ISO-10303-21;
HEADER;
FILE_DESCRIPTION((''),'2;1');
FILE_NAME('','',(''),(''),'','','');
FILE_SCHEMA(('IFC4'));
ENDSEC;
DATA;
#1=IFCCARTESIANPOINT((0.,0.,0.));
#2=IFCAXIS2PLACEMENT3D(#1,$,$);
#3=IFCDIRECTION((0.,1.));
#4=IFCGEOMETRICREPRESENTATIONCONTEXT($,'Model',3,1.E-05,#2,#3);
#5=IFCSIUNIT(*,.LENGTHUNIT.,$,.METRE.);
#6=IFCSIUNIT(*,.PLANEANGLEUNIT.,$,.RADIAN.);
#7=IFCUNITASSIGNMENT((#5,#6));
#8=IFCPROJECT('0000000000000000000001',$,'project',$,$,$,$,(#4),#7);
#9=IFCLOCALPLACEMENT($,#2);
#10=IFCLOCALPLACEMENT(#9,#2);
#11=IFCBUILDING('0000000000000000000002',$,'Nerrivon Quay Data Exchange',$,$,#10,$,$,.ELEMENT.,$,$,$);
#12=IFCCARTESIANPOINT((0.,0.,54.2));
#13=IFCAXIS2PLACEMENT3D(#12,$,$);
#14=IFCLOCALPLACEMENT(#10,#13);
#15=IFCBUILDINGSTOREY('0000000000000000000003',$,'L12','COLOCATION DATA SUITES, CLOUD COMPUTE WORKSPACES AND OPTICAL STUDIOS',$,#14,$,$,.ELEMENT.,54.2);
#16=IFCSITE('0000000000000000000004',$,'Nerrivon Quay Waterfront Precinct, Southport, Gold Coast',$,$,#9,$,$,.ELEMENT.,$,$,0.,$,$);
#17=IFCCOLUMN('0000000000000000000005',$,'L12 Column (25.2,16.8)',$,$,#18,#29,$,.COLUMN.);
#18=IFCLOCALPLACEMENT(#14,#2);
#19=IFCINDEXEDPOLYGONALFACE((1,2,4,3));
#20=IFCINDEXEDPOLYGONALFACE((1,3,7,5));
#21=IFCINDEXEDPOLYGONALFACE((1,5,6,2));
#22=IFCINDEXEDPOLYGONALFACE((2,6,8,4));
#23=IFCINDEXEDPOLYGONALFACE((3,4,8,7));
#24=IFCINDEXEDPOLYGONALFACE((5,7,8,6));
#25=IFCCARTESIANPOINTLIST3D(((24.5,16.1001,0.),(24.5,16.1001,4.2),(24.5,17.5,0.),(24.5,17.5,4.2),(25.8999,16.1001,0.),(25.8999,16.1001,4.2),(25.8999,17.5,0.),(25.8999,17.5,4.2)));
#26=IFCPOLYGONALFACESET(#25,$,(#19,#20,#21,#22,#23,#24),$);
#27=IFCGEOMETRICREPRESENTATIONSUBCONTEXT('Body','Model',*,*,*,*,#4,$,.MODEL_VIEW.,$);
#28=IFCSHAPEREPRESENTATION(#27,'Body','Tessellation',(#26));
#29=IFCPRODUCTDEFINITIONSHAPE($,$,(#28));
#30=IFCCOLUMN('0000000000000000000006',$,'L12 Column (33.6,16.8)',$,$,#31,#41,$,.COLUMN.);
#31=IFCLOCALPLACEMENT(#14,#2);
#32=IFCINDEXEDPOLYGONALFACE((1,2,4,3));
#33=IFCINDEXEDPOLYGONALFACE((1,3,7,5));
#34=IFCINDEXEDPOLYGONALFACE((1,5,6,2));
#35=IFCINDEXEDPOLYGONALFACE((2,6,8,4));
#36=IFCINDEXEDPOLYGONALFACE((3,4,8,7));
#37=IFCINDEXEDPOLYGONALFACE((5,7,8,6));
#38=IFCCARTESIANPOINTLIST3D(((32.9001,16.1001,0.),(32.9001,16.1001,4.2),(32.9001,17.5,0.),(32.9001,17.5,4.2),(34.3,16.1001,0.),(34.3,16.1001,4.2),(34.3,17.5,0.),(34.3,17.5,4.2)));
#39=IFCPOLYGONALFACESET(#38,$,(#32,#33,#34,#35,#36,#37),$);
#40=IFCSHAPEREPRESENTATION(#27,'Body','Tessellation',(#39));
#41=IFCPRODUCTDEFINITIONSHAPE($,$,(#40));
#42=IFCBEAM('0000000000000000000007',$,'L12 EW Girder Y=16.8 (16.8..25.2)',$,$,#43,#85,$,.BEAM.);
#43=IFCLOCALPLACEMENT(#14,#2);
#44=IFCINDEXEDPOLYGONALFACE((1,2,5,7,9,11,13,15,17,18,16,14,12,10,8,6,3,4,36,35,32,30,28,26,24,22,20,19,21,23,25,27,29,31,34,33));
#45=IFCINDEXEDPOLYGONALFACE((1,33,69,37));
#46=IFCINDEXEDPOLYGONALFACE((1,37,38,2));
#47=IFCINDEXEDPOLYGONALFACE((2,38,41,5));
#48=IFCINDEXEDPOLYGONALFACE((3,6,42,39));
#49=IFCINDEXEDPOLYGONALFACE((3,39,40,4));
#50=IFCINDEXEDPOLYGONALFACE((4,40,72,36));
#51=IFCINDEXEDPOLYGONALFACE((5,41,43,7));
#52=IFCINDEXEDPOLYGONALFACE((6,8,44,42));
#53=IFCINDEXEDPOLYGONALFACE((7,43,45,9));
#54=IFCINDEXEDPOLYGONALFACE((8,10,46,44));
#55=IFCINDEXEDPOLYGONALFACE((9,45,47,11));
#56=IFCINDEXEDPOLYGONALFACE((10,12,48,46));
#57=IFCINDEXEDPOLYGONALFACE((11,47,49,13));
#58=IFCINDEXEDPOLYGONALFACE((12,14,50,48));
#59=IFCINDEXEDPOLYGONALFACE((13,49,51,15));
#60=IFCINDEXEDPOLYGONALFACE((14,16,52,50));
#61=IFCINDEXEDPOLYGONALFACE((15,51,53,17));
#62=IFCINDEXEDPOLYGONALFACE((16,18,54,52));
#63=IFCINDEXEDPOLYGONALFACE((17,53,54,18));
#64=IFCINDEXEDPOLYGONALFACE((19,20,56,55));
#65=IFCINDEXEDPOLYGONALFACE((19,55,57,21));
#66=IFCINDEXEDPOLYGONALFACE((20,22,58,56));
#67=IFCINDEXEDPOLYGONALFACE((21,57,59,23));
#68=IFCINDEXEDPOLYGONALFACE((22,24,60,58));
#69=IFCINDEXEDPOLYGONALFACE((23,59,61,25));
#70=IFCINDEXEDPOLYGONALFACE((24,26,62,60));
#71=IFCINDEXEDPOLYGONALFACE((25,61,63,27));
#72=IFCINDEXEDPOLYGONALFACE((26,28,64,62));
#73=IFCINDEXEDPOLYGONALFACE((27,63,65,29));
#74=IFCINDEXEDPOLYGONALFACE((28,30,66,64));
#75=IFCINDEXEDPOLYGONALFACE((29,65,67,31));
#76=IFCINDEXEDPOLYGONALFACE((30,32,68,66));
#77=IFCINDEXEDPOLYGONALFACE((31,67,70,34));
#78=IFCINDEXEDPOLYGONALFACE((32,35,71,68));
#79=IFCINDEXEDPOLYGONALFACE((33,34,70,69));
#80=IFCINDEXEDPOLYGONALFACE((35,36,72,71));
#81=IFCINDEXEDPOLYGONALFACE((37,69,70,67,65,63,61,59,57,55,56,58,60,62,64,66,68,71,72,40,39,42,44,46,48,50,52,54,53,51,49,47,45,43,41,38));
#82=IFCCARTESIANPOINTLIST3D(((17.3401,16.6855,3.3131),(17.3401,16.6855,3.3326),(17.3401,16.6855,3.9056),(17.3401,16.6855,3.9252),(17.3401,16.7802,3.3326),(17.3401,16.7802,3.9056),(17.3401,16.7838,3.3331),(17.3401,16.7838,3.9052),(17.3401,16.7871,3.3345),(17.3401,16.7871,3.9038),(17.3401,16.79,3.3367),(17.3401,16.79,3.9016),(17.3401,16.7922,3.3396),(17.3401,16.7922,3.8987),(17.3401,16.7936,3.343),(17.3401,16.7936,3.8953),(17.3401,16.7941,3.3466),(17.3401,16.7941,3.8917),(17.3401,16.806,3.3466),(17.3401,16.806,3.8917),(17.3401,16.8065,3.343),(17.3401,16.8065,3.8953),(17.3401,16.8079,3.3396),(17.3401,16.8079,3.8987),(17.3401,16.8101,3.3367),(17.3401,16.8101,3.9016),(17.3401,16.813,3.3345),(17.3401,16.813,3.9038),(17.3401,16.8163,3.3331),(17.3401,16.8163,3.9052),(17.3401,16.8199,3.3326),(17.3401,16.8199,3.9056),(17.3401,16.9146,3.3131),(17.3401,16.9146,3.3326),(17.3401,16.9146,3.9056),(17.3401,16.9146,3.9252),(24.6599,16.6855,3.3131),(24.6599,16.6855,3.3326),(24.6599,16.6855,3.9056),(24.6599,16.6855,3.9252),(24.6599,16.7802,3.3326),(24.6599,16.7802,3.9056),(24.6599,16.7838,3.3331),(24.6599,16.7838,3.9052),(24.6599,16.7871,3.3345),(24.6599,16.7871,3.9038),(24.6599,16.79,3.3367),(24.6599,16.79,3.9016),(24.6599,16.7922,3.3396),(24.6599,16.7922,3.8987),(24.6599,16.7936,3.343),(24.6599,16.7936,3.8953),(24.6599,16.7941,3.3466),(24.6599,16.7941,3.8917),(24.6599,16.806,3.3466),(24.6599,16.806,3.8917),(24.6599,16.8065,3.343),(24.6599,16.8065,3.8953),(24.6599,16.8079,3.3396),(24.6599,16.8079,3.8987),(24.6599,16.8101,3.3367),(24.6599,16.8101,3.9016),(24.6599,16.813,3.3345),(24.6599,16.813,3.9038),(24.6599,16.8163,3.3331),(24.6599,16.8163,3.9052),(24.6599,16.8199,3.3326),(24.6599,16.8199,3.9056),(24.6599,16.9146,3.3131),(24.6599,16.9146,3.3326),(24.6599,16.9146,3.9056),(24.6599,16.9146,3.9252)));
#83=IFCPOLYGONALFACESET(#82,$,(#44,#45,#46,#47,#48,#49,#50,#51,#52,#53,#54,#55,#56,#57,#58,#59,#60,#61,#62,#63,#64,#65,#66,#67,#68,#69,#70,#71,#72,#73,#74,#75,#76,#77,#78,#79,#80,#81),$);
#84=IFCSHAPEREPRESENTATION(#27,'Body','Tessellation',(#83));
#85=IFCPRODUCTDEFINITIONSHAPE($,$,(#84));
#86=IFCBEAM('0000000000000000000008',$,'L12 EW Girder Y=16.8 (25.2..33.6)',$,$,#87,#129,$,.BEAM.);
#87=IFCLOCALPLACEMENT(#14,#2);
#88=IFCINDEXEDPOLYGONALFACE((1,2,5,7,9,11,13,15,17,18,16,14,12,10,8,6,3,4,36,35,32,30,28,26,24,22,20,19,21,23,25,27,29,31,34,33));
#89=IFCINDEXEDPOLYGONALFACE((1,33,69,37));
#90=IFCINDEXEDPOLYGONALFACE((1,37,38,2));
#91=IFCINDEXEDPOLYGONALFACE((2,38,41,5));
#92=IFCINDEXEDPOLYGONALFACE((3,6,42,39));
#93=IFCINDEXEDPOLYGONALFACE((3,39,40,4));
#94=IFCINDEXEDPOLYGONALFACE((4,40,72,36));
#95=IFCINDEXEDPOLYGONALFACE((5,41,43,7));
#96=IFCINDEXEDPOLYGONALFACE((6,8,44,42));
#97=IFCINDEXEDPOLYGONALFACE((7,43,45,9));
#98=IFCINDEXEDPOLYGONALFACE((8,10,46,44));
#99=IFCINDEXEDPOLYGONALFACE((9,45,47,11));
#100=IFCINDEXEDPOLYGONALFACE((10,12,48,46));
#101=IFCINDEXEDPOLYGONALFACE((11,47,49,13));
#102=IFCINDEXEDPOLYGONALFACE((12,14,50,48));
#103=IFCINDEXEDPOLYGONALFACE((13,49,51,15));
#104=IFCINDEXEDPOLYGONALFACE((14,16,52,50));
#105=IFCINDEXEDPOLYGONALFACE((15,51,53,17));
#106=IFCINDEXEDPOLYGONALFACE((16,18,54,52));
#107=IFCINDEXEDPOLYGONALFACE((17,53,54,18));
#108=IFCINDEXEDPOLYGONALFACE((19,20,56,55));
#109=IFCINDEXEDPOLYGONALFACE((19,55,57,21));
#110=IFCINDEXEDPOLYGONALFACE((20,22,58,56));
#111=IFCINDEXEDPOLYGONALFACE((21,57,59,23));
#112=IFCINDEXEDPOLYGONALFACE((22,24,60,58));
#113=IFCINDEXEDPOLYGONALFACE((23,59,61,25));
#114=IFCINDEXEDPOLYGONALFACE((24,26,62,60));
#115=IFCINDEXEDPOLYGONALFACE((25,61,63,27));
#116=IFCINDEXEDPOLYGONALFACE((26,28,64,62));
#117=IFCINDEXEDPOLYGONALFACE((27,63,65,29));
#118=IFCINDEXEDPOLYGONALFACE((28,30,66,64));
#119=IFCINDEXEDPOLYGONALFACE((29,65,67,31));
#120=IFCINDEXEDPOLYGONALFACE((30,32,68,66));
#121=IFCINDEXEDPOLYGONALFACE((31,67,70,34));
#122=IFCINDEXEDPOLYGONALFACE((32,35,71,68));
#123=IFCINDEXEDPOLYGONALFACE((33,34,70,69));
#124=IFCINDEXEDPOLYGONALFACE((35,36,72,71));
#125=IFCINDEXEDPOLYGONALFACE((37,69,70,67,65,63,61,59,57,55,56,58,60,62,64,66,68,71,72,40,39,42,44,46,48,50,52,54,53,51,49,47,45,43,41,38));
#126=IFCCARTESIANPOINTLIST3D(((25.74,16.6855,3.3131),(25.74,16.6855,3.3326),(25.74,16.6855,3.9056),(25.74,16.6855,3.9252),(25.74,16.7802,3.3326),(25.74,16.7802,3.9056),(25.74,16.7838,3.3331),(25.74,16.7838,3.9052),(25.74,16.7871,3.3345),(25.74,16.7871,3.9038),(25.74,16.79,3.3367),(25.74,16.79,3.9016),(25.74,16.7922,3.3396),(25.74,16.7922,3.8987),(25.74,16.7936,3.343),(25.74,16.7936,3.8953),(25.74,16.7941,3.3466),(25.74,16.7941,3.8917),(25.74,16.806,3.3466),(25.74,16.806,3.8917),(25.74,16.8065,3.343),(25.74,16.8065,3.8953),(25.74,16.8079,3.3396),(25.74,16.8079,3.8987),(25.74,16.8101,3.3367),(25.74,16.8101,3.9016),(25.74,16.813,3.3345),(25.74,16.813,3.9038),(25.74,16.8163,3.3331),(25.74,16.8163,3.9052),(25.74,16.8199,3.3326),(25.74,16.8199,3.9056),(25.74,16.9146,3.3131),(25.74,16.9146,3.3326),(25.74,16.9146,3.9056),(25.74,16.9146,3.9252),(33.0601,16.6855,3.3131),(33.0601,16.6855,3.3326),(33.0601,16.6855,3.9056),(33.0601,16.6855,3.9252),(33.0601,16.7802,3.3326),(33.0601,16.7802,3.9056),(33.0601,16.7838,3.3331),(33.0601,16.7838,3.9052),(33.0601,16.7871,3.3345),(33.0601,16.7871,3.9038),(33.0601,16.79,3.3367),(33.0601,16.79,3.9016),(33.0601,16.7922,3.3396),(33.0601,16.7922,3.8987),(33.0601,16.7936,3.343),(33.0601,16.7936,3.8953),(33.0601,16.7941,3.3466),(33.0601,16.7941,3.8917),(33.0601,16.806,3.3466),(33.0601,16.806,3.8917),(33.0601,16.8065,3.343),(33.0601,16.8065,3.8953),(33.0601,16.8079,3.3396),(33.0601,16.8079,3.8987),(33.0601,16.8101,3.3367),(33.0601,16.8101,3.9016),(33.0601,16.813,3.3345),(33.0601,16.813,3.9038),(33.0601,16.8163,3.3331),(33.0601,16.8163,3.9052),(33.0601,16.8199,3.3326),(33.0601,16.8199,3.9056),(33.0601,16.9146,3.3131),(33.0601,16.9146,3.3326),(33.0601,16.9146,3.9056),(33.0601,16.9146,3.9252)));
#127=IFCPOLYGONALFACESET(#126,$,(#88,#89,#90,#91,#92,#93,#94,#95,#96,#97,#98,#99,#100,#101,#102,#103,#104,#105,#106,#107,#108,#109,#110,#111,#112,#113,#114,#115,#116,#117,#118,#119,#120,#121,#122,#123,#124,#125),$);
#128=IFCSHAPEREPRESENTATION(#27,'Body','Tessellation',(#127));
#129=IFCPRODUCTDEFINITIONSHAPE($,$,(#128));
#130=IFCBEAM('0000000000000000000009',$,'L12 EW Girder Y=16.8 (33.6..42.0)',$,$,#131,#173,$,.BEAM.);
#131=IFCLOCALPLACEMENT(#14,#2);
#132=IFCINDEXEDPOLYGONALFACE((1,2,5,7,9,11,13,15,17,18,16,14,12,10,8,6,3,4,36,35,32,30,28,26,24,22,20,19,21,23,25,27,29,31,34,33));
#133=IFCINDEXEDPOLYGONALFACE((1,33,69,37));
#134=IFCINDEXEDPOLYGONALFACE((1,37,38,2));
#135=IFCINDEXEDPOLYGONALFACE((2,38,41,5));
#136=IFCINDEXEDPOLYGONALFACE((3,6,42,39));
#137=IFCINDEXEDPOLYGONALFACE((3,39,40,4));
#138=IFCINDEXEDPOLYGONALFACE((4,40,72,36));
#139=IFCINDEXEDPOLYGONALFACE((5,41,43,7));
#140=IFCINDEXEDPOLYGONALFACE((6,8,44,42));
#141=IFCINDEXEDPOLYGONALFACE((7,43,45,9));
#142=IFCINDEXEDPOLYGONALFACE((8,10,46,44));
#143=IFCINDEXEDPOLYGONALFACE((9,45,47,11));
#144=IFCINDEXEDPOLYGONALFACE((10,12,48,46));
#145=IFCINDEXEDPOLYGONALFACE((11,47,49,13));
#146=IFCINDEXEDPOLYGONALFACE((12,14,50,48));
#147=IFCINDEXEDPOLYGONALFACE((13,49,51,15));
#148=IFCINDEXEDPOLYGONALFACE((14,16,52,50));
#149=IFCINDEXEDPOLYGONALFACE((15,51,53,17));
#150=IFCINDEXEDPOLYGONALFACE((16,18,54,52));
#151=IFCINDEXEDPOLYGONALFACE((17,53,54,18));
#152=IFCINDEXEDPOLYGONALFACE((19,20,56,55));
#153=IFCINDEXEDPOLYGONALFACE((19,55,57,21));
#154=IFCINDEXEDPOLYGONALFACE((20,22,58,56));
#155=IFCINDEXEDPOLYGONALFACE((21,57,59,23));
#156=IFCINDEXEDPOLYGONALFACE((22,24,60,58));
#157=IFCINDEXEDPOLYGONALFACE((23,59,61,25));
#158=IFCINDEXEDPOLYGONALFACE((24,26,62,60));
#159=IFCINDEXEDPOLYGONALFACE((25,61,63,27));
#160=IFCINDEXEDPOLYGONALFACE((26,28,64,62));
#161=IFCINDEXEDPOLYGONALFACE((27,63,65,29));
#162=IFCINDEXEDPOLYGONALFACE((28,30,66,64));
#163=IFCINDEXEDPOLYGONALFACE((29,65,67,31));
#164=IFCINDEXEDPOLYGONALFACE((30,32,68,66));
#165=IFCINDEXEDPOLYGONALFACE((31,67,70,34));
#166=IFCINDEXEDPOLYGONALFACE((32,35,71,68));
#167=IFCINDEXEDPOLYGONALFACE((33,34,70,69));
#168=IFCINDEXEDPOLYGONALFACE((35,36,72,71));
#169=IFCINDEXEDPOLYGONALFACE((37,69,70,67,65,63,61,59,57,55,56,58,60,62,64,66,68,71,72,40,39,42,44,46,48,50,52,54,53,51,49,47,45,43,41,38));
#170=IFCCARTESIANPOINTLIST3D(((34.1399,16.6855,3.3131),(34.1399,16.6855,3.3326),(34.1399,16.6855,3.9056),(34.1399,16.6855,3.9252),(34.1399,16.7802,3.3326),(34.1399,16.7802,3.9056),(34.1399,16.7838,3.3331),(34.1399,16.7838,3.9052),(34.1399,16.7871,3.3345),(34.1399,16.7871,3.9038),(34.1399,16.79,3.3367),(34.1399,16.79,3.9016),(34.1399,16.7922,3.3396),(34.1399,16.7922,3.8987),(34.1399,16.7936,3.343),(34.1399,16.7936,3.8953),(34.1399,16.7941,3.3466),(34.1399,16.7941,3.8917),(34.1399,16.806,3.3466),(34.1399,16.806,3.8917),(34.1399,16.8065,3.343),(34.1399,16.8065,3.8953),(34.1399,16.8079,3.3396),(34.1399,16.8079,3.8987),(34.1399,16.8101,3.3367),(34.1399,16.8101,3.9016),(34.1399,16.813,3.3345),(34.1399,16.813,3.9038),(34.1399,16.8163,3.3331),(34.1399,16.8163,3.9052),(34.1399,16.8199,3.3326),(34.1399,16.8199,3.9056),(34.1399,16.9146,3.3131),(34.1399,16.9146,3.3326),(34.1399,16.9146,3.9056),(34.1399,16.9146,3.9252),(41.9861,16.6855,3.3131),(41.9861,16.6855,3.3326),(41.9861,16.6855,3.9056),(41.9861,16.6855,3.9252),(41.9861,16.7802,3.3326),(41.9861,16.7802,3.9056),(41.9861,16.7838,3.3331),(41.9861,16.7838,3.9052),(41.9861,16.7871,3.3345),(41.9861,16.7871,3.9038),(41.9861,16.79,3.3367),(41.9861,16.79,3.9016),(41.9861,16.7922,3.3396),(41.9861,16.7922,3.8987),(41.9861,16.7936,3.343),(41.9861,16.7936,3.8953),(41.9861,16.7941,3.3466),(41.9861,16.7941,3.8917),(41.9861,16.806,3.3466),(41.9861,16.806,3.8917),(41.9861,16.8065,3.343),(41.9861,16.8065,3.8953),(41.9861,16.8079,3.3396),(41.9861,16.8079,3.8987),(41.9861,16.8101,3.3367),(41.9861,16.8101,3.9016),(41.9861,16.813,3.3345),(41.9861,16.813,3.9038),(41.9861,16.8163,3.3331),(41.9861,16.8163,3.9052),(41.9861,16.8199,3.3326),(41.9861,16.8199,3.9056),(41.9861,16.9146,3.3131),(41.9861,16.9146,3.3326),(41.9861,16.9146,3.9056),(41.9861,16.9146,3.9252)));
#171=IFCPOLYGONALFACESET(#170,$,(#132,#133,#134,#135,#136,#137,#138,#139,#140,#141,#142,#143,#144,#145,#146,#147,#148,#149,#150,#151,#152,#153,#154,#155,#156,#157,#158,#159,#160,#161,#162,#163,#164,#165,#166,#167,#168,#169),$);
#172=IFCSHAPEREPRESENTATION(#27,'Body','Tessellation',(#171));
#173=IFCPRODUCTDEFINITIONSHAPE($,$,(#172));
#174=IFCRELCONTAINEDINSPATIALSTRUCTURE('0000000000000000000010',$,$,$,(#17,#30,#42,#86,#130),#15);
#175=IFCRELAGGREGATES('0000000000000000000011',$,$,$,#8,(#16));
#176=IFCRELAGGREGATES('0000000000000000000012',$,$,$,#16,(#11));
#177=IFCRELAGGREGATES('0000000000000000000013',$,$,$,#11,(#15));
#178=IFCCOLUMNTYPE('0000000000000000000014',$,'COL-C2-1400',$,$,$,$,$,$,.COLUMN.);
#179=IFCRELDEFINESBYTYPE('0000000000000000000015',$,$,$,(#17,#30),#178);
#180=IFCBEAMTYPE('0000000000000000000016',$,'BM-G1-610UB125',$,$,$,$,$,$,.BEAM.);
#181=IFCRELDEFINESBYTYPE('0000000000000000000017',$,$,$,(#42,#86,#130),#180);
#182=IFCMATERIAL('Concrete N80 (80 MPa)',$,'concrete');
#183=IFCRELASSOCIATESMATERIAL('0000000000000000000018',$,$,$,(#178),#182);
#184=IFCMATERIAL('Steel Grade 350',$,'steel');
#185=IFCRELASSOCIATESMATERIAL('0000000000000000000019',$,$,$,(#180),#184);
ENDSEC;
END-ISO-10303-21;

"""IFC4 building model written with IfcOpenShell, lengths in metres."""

from ifc_helpers import new_model, si_unit, direction, frame, origin, origin_2d, place, context, subcontext, project, spatial, rectangle, i_section, extrude, material, material_profile, profile_set, type_object, element, save


model = new_model("IFC4")

# Units and contexts
model_context = context("Model", 3, precision=1e-05, world=origin(), true_north=direction((0.0, 1.0)))
body_context = subcontext(model_context, "Body", "Model", "MODEL_VIEW")
ifc_project = project(units=[si_unit("LENGTHUNIT", "METRE"), si_unit("PLANEANGLEUNIT", "RADIAN")], contexts=[model_context])

# Site, building, storey
site_placement = place(None, origin())
site = spatial("IfcSite", under=ifc_project, at=site_placement, Name="Nerrivon Quay Waterfront Precinct, Southport, Gold Coast", CompositionType="ELEMENT", RefElevation=0.0)
building_placement = place(site_placement, origin())
building = spatial("IfcBuilding", under=site, at=building_placement, Name="Nerrivon Quay Data Exchange", CompositionType="ELEMENT")
storey_placement = place(building_placement, frame((0.0, 0.0, 54.2)))
storey = spatial("IfcBuildingStorey", under=building, at=storey_placement, Name="L12", Description="COLOCATION DATA SUITES, CLOUD COMPUTE WORKSPACES AND OPTICAL STUDIOS", CompositionType="ELEMENT", Elevation=54.2)

# Columns
ifc_material_1 = material(Name="Concrete N80 (80 MPa)", Category="concrete")
ifc_material_profile_1 = material_profile(ifc_material_1, rectangle(XDim=1.3999, YDim=1.3999, at=origin_2d()), Name="RC-COL-1400x1400")
ifc_profile_set_1 = profile_set([ifc_material_profile_1], Name="Concrete N80 (80 MPa)")
column_type = type_object("IfcColumnType", Name="COL-C2-1400", PredefinedType="COLUMN", material=ifc_profile_set_1)
for number, where, z_axis, x_axis, name in (
    (1, (25.2, 16.8, 0.0), (0.0, 0.0, 1.0), (1.0, 0.0, 0.0), "L12 Column (25.2,16.8)"),
    (2, (33.6001, 16.8, 0.0), (0.0, 0.0, 1.0), (1.0, 0.0, 0.0), "L12 Column (33.6,16.8)"),
):
    element("IfcColumn", number, at=place(storey_placement, frame(where, z_axis=z_axis, x_axis=x_axis)), inside=storey, type_object=column_type, Name=name, PredefinedType="COLUMN", context=body_context, shape_type="SweptSolid", body=[
        extrude(rectangle(XDim=1.3999, YDim=1.3999, at=origin_2d()), origin(), (0.0, 0.0, 1.0), 4.2),
    ])

# Beams
ifc_material_2 = material(Name="Steel Grade 350", Category="steel")
ifc_material_profile_2 = material_profile(ifc_material_2, i_section(OverallWidth=0.229, OverallDepth=0.6121, WebThickness=0.012, FlangeThickness=0.0195, FilletRadius=0.0139, at=origin_2d()), Name="610UB125")
ifc_profile_set_2 = profile_set([ifc_material_profile_2], Name="Steel Grade 350")
beam_type_1 = type_object("IfcBeamType", Name="BM-G1-610UB125", PredefinedType="BEAM", material=ifc_profile_set_2)
beam_1_placement = place(storey_placement, frame((17.3401, 16.8, 3.6191), z_axis=(1.0, 0.0, 0.0), x_axis=(0.0, 1.0, 0.0)))
element("IfcBeam", 3, at=beam_1_placement, inside=storey, type_object=beam_type_1, Name="L12 EW Girder Y=16.8 (16.8..25.2)", PredefinedType="BEAM", context=body_context, shape_type="SweptSolid", body=[
    extrude(i_section(OverallWidth=0.229, OverallDepth=0.6121, WebThickness=0.012, FlangeThickness=0.0195, FilletRadius=0.0139, at=origin_2d()), origin(), (0.0, 0.0, 1.0), 7.3198),
])
beam_2_placement = place(storey_placement, frame((25.74, 16.8, 3.6191), z_axis=(1.0, 0.0, 0.0), x_axis=(0.0, 1.0, 0.0)))
element("IfcBeam", 4, at=beam_2_placement, inside=storey, type_object=beam_type_1, Name="L12 EW Girder Y=16.8 (25.2..33.6)", PredefinedType="BEAM", context=body_context, shape_type="SweptSolid", body=[
    extrude(i_section(OverallWidth=0.229, OverallDepth=0.6121, WebThickness=0.012, FlangeThickness=0.0195, FilletRadius=0.0139, at=origin_2d()), origin(), (0.0, 0.0, 1.0), 7.3201),
])
beam_3_placement = place(storey_placement, frame((34.1399, 16.8, 3.6191), z_axis=(1.0, 0.0, 0.0), x_axis=(0.0, 1.0, 0.0)))
element("IfcBeam", 5, at=beam_3_placement, inside=storey, type_object=beam_type_1, Name="L12 EW Girder Y=16.8 (33.6..42.0)", PredefinedType="BEAM", context=body_context, shape_type="SweptSolid", body=[
    extrude(i_section(OverallWidth=0.229, OverallDepth=0.6121, WebThickness=0.012, FlangeThickness=0.0195, FilletRadius=0.0139, at=origin_2d()), origin(), (0.0, 0.0, 1.0), 7.8462),
])

save(model, "model.ifc")
